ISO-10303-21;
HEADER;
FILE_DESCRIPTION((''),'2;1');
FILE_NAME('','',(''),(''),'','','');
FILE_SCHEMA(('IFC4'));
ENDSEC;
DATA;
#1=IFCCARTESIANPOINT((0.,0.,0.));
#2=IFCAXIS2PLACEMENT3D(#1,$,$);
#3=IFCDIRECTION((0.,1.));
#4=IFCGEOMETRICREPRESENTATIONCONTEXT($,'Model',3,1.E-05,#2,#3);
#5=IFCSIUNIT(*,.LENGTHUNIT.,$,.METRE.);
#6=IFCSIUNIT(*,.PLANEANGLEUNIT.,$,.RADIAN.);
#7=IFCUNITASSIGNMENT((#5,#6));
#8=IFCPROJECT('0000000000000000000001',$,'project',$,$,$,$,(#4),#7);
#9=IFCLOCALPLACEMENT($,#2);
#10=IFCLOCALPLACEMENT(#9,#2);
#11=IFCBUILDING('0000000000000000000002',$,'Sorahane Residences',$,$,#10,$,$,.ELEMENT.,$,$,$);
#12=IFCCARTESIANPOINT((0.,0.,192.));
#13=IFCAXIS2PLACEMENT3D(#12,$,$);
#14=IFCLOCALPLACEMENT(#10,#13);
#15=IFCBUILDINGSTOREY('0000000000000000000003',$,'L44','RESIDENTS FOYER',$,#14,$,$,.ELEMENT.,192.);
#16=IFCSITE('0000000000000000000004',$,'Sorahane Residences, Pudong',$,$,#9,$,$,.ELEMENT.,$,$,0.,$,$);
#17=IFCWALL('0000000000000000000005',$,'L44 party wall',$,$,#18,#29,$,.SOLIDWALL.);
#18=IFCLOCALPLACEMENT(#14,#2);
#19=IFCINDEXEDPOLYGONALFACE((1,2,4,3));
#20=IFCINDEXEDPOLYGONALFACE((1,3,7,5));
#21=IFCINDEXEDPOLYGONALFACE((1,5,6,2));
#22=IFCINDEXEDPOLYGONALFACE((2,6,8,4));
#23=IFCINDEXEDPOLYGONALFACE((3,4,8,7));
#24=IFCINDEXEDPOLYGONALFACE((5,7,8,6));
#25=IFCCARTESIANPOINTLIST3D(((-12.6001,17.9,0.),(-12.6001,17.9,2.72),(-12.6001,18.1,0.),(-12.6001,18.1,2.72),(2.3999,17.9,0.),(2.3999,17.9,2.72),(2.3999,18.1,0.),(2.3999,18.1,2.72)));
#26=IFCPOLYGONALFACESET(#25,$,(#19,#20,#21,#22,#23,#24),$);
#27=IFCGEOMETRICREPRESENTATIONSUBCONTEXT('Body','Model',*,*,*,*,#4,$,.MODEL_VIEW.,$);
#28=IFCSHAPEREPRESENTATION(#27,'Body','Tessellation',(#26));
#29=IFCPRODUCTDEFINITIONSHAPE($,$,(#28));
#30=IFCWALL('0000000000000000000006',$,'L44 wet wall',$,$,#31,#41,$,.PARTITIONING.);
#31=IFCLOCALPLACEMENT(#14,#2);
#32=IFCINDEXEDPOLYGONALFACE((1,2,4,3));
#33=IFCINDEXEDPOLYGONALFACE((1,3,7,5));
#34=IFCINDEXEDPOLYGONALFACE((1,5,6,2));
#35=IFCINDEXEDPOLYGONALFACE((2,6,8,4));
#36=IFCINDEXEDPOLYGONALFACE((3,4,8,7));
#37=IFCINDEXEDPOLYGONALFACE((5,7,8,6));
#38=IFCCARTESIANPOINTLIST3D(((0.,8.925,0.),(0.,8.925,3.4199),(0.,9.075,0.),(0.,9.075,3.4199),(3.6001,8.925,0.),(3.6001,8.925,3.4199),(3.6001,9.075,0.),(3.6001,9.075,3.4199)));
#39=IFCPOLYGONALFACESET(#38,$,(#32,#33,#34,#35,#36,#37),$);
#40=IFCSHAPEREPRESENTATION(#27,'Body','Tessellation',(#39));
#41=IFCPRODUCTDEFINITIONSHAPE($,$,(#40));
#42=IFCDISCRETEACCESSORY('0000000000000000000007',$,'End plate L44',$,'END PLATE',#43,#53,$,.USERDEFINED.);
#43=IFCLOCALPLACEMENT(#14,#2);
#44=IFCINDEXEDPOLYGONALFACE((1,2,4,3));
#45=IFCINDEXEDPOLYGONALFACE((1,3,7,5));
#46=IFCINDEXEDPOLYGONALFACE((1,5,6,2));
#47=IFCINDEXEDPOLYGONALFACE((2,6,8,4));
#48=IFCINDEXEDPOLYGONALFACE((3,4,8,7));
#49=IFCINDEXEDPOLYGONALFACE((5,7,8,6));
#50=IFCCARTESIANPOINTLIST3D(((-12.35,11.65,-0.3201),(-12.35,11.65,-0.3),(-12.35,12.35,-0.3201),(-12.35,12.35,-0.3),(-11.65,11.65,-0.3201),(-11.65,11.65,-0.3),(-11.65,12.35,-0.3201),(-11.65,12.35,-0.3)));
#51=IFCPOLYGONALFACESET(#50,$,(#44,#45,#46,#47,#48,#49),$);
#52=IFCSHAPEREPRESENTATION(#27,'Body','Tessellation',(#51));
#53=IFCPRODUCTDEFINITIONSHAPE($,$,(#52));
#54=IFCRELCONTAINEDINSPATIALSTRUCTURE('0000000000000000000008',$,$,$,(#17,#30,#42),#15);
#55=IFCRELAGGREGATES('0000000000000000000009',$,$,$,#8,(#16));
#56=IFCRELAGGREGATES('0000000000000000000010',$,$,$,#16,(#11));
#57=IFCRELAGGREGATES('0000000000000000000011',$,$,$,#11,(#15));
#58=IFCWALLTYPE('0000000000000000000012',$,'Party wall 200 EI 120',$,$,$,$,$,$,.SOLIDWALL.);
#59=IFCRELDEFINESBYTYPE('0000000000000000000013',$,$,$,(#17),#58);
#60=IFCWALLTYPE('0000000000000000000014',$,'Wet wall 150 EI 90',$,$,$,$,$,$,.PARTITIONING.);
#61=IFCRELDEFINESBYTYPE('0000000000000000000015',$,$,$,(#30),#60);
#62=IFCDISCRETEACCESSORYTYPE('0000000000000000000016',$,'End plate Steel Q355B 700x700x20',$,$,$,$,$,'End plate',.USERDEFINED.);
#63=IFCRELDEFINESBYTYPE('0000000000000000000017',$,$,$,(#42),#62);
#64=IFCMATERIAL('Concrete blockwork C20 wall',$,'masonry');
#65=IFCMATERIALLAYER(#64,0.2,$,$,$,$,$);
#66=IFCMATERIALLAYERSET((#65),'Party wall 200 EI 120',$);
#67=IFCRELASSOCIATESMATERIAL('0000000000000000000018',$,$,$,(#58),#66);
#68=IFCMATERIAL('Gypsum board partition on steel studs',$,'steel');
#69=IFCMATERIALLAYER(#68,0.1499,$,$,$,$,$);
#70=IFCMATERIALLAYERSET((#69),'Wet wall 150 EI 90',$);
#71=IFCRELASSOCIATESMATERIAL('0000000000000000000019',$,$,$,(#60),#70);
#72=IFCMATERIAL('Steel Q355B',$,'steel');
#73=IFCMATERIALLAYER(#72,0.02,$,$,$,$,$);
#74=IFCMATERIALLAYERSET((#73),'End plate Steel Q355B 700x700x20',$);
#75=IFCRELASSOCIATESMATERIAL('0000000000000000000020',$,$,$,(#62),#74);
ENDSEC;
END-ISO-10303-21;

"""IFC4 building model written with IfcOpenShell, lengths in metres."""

from ifc_helpers import new_model, si_unit, direction, frame, frame_2d, origin, origin_2d, place, context, subcontext, project, spatial, rectangle, extrude, material, layer, layer_set, type_object, element, save


model = new_model("IFC4")

# Units and contexts
model_context = context("Model", 3, precision=1e-05, world=origin(), true_north=direction((0.0, 1.0)))
body_context = subcontext(model_context, "Body", "Model", "MODEL_VIEW")
ifc_project = project(units=[si_unit("LENGTHUNIT", "METRE"), si_unit("PLANEANGLEUNIT", "RADIAN")], contexts=[model_context])

# Site, building, storey
site_placement = place(None, origin())
site = spatial("IfcSite", under=ifc_project, at=site_placement, Name="Sorahane Residences, Pudong", CompositionType="ELEMENT", RefElevation=0.0)
building_placement = place(site_placement, origin())
building = spatial("IfcBuilding", under=site, at=building_placement, Name="Sorahane Residences", CompositionType="ELEMENT")
storey_placement = place(building_placement, frame((0.0, 0.0, 192.0)))
storey = spatial("IfcBuildingStorey", under=building, at=storey_placement, Name="L44", Description="RESIDENTS FOYER", CompositionType="ELEMENT", Elevation=192.0)

# Walls
ifc_material_1 = material(Name="Concrete blockwork C20 wall", Category="masonry")
ifc_layer_1 = layer(ifc_material_1, 0.2)
ifc_layer_set_1 = layer_set([ifc_layer_1], Name="Party wall 200 EI 120")
wall_type_1 = type_object("IfcWallType", Name="Party wall 200 EI 120", PredefinedType="SOLIDWALL", material=ifc_layer_set_1)
wall_1_placement = place(storey_placement, frame((-12.6001, 18.0, 0.0), z_axis=(0.0, 0.0, 1.0), x_axis=(1.0, 0.0, 0.0)))
element("IfcWall", 1, at=wall_1_placement, inside=storey, type_object=wall_type_1, Name="L44 party wall", PredefinedType="SOLIDWALL", context=body_context, shape_type="SweptSolid", body=[
    extrude(rectangle(XDim=15.0, YDim=0.2, at=frame_2d((7.5, 0.0))), origin(), (0.0, 0.0, 1.0), 2.72),
])
ifc_material_2 = material(Name="Gypsum board partition on steel studs", Category="steel")
ifc_layer_2 = layer(ifc_material_2, 0.1499)
ifc_layer_set_2 = layer_set([ifc_layer_2], Name="Wet wall 150 EI 90")
wall_type_2 = type_object("IfcWallType", Name="Wet wall 150 EI 90", PredefinedType="PARTITIONING", material=ifc_layer_set_2)
wall_2_placement = place(storey_placement, frame((0.0, 9.0, 0.0), z_axis=(0.0, 0.0, 1.0), x_axis=(1.0, 0.0, 0.0)))
element("IfcWall", 2, at=wall_2_placement, inside=storey, type_object=wall_type_2, Name="L44 wet wall", PredefinedType="PARTITIONING", context=body_context, shape_type="SweptSolid", body=[
    extrude(rectangle(XDim=3.6001, YDim=0.1499, at=frame_2d((1.8, 0.0))), origin(), (0.0, 0.0, 1.0), 3.4199),
])

# Discrete accessory
ifc_material_3 = material(Name="Steel Q355B", Category="steel")
ifc_layer_3 = layer(ifc_material_3, 0.02)
ifc_layer_set_3 = layer_set([ifc_layer_3], Name="End plate Steel Q355B 700x700x20")
discrete_accessory_type = type_object("IfcDiscreteAccessoryType", Name="End plate Steel Q355B 700x700x20", ElementType="End plate", PredefinedType="USERDEFINED", material=ifc_layer_set_3)
discrete_accessory_placement = place(storey_placement, frame((-12.0, 12.0, -0.3201), z_axis=(0.0, 0.0, 1.0), x_axis=(1.0, 0.0, 0.0)))
element("IfcDiscreteAccessory", 3, at=discrete_accessory_placement, inside=storey, type_object=discrete_accessory_type, Name="End plate L44", ObjectType="END PLATE", PredefinedType="USERDEFINED", context=body_context, shape_type="SweptSolid", body=[
    extrude(rectangle(XDim=0.7, YDim=0.7, at=origin_2d()), origin(), (0.0, 0.0, 1.0), 0.02),
])

save(model, "model.ifc")
